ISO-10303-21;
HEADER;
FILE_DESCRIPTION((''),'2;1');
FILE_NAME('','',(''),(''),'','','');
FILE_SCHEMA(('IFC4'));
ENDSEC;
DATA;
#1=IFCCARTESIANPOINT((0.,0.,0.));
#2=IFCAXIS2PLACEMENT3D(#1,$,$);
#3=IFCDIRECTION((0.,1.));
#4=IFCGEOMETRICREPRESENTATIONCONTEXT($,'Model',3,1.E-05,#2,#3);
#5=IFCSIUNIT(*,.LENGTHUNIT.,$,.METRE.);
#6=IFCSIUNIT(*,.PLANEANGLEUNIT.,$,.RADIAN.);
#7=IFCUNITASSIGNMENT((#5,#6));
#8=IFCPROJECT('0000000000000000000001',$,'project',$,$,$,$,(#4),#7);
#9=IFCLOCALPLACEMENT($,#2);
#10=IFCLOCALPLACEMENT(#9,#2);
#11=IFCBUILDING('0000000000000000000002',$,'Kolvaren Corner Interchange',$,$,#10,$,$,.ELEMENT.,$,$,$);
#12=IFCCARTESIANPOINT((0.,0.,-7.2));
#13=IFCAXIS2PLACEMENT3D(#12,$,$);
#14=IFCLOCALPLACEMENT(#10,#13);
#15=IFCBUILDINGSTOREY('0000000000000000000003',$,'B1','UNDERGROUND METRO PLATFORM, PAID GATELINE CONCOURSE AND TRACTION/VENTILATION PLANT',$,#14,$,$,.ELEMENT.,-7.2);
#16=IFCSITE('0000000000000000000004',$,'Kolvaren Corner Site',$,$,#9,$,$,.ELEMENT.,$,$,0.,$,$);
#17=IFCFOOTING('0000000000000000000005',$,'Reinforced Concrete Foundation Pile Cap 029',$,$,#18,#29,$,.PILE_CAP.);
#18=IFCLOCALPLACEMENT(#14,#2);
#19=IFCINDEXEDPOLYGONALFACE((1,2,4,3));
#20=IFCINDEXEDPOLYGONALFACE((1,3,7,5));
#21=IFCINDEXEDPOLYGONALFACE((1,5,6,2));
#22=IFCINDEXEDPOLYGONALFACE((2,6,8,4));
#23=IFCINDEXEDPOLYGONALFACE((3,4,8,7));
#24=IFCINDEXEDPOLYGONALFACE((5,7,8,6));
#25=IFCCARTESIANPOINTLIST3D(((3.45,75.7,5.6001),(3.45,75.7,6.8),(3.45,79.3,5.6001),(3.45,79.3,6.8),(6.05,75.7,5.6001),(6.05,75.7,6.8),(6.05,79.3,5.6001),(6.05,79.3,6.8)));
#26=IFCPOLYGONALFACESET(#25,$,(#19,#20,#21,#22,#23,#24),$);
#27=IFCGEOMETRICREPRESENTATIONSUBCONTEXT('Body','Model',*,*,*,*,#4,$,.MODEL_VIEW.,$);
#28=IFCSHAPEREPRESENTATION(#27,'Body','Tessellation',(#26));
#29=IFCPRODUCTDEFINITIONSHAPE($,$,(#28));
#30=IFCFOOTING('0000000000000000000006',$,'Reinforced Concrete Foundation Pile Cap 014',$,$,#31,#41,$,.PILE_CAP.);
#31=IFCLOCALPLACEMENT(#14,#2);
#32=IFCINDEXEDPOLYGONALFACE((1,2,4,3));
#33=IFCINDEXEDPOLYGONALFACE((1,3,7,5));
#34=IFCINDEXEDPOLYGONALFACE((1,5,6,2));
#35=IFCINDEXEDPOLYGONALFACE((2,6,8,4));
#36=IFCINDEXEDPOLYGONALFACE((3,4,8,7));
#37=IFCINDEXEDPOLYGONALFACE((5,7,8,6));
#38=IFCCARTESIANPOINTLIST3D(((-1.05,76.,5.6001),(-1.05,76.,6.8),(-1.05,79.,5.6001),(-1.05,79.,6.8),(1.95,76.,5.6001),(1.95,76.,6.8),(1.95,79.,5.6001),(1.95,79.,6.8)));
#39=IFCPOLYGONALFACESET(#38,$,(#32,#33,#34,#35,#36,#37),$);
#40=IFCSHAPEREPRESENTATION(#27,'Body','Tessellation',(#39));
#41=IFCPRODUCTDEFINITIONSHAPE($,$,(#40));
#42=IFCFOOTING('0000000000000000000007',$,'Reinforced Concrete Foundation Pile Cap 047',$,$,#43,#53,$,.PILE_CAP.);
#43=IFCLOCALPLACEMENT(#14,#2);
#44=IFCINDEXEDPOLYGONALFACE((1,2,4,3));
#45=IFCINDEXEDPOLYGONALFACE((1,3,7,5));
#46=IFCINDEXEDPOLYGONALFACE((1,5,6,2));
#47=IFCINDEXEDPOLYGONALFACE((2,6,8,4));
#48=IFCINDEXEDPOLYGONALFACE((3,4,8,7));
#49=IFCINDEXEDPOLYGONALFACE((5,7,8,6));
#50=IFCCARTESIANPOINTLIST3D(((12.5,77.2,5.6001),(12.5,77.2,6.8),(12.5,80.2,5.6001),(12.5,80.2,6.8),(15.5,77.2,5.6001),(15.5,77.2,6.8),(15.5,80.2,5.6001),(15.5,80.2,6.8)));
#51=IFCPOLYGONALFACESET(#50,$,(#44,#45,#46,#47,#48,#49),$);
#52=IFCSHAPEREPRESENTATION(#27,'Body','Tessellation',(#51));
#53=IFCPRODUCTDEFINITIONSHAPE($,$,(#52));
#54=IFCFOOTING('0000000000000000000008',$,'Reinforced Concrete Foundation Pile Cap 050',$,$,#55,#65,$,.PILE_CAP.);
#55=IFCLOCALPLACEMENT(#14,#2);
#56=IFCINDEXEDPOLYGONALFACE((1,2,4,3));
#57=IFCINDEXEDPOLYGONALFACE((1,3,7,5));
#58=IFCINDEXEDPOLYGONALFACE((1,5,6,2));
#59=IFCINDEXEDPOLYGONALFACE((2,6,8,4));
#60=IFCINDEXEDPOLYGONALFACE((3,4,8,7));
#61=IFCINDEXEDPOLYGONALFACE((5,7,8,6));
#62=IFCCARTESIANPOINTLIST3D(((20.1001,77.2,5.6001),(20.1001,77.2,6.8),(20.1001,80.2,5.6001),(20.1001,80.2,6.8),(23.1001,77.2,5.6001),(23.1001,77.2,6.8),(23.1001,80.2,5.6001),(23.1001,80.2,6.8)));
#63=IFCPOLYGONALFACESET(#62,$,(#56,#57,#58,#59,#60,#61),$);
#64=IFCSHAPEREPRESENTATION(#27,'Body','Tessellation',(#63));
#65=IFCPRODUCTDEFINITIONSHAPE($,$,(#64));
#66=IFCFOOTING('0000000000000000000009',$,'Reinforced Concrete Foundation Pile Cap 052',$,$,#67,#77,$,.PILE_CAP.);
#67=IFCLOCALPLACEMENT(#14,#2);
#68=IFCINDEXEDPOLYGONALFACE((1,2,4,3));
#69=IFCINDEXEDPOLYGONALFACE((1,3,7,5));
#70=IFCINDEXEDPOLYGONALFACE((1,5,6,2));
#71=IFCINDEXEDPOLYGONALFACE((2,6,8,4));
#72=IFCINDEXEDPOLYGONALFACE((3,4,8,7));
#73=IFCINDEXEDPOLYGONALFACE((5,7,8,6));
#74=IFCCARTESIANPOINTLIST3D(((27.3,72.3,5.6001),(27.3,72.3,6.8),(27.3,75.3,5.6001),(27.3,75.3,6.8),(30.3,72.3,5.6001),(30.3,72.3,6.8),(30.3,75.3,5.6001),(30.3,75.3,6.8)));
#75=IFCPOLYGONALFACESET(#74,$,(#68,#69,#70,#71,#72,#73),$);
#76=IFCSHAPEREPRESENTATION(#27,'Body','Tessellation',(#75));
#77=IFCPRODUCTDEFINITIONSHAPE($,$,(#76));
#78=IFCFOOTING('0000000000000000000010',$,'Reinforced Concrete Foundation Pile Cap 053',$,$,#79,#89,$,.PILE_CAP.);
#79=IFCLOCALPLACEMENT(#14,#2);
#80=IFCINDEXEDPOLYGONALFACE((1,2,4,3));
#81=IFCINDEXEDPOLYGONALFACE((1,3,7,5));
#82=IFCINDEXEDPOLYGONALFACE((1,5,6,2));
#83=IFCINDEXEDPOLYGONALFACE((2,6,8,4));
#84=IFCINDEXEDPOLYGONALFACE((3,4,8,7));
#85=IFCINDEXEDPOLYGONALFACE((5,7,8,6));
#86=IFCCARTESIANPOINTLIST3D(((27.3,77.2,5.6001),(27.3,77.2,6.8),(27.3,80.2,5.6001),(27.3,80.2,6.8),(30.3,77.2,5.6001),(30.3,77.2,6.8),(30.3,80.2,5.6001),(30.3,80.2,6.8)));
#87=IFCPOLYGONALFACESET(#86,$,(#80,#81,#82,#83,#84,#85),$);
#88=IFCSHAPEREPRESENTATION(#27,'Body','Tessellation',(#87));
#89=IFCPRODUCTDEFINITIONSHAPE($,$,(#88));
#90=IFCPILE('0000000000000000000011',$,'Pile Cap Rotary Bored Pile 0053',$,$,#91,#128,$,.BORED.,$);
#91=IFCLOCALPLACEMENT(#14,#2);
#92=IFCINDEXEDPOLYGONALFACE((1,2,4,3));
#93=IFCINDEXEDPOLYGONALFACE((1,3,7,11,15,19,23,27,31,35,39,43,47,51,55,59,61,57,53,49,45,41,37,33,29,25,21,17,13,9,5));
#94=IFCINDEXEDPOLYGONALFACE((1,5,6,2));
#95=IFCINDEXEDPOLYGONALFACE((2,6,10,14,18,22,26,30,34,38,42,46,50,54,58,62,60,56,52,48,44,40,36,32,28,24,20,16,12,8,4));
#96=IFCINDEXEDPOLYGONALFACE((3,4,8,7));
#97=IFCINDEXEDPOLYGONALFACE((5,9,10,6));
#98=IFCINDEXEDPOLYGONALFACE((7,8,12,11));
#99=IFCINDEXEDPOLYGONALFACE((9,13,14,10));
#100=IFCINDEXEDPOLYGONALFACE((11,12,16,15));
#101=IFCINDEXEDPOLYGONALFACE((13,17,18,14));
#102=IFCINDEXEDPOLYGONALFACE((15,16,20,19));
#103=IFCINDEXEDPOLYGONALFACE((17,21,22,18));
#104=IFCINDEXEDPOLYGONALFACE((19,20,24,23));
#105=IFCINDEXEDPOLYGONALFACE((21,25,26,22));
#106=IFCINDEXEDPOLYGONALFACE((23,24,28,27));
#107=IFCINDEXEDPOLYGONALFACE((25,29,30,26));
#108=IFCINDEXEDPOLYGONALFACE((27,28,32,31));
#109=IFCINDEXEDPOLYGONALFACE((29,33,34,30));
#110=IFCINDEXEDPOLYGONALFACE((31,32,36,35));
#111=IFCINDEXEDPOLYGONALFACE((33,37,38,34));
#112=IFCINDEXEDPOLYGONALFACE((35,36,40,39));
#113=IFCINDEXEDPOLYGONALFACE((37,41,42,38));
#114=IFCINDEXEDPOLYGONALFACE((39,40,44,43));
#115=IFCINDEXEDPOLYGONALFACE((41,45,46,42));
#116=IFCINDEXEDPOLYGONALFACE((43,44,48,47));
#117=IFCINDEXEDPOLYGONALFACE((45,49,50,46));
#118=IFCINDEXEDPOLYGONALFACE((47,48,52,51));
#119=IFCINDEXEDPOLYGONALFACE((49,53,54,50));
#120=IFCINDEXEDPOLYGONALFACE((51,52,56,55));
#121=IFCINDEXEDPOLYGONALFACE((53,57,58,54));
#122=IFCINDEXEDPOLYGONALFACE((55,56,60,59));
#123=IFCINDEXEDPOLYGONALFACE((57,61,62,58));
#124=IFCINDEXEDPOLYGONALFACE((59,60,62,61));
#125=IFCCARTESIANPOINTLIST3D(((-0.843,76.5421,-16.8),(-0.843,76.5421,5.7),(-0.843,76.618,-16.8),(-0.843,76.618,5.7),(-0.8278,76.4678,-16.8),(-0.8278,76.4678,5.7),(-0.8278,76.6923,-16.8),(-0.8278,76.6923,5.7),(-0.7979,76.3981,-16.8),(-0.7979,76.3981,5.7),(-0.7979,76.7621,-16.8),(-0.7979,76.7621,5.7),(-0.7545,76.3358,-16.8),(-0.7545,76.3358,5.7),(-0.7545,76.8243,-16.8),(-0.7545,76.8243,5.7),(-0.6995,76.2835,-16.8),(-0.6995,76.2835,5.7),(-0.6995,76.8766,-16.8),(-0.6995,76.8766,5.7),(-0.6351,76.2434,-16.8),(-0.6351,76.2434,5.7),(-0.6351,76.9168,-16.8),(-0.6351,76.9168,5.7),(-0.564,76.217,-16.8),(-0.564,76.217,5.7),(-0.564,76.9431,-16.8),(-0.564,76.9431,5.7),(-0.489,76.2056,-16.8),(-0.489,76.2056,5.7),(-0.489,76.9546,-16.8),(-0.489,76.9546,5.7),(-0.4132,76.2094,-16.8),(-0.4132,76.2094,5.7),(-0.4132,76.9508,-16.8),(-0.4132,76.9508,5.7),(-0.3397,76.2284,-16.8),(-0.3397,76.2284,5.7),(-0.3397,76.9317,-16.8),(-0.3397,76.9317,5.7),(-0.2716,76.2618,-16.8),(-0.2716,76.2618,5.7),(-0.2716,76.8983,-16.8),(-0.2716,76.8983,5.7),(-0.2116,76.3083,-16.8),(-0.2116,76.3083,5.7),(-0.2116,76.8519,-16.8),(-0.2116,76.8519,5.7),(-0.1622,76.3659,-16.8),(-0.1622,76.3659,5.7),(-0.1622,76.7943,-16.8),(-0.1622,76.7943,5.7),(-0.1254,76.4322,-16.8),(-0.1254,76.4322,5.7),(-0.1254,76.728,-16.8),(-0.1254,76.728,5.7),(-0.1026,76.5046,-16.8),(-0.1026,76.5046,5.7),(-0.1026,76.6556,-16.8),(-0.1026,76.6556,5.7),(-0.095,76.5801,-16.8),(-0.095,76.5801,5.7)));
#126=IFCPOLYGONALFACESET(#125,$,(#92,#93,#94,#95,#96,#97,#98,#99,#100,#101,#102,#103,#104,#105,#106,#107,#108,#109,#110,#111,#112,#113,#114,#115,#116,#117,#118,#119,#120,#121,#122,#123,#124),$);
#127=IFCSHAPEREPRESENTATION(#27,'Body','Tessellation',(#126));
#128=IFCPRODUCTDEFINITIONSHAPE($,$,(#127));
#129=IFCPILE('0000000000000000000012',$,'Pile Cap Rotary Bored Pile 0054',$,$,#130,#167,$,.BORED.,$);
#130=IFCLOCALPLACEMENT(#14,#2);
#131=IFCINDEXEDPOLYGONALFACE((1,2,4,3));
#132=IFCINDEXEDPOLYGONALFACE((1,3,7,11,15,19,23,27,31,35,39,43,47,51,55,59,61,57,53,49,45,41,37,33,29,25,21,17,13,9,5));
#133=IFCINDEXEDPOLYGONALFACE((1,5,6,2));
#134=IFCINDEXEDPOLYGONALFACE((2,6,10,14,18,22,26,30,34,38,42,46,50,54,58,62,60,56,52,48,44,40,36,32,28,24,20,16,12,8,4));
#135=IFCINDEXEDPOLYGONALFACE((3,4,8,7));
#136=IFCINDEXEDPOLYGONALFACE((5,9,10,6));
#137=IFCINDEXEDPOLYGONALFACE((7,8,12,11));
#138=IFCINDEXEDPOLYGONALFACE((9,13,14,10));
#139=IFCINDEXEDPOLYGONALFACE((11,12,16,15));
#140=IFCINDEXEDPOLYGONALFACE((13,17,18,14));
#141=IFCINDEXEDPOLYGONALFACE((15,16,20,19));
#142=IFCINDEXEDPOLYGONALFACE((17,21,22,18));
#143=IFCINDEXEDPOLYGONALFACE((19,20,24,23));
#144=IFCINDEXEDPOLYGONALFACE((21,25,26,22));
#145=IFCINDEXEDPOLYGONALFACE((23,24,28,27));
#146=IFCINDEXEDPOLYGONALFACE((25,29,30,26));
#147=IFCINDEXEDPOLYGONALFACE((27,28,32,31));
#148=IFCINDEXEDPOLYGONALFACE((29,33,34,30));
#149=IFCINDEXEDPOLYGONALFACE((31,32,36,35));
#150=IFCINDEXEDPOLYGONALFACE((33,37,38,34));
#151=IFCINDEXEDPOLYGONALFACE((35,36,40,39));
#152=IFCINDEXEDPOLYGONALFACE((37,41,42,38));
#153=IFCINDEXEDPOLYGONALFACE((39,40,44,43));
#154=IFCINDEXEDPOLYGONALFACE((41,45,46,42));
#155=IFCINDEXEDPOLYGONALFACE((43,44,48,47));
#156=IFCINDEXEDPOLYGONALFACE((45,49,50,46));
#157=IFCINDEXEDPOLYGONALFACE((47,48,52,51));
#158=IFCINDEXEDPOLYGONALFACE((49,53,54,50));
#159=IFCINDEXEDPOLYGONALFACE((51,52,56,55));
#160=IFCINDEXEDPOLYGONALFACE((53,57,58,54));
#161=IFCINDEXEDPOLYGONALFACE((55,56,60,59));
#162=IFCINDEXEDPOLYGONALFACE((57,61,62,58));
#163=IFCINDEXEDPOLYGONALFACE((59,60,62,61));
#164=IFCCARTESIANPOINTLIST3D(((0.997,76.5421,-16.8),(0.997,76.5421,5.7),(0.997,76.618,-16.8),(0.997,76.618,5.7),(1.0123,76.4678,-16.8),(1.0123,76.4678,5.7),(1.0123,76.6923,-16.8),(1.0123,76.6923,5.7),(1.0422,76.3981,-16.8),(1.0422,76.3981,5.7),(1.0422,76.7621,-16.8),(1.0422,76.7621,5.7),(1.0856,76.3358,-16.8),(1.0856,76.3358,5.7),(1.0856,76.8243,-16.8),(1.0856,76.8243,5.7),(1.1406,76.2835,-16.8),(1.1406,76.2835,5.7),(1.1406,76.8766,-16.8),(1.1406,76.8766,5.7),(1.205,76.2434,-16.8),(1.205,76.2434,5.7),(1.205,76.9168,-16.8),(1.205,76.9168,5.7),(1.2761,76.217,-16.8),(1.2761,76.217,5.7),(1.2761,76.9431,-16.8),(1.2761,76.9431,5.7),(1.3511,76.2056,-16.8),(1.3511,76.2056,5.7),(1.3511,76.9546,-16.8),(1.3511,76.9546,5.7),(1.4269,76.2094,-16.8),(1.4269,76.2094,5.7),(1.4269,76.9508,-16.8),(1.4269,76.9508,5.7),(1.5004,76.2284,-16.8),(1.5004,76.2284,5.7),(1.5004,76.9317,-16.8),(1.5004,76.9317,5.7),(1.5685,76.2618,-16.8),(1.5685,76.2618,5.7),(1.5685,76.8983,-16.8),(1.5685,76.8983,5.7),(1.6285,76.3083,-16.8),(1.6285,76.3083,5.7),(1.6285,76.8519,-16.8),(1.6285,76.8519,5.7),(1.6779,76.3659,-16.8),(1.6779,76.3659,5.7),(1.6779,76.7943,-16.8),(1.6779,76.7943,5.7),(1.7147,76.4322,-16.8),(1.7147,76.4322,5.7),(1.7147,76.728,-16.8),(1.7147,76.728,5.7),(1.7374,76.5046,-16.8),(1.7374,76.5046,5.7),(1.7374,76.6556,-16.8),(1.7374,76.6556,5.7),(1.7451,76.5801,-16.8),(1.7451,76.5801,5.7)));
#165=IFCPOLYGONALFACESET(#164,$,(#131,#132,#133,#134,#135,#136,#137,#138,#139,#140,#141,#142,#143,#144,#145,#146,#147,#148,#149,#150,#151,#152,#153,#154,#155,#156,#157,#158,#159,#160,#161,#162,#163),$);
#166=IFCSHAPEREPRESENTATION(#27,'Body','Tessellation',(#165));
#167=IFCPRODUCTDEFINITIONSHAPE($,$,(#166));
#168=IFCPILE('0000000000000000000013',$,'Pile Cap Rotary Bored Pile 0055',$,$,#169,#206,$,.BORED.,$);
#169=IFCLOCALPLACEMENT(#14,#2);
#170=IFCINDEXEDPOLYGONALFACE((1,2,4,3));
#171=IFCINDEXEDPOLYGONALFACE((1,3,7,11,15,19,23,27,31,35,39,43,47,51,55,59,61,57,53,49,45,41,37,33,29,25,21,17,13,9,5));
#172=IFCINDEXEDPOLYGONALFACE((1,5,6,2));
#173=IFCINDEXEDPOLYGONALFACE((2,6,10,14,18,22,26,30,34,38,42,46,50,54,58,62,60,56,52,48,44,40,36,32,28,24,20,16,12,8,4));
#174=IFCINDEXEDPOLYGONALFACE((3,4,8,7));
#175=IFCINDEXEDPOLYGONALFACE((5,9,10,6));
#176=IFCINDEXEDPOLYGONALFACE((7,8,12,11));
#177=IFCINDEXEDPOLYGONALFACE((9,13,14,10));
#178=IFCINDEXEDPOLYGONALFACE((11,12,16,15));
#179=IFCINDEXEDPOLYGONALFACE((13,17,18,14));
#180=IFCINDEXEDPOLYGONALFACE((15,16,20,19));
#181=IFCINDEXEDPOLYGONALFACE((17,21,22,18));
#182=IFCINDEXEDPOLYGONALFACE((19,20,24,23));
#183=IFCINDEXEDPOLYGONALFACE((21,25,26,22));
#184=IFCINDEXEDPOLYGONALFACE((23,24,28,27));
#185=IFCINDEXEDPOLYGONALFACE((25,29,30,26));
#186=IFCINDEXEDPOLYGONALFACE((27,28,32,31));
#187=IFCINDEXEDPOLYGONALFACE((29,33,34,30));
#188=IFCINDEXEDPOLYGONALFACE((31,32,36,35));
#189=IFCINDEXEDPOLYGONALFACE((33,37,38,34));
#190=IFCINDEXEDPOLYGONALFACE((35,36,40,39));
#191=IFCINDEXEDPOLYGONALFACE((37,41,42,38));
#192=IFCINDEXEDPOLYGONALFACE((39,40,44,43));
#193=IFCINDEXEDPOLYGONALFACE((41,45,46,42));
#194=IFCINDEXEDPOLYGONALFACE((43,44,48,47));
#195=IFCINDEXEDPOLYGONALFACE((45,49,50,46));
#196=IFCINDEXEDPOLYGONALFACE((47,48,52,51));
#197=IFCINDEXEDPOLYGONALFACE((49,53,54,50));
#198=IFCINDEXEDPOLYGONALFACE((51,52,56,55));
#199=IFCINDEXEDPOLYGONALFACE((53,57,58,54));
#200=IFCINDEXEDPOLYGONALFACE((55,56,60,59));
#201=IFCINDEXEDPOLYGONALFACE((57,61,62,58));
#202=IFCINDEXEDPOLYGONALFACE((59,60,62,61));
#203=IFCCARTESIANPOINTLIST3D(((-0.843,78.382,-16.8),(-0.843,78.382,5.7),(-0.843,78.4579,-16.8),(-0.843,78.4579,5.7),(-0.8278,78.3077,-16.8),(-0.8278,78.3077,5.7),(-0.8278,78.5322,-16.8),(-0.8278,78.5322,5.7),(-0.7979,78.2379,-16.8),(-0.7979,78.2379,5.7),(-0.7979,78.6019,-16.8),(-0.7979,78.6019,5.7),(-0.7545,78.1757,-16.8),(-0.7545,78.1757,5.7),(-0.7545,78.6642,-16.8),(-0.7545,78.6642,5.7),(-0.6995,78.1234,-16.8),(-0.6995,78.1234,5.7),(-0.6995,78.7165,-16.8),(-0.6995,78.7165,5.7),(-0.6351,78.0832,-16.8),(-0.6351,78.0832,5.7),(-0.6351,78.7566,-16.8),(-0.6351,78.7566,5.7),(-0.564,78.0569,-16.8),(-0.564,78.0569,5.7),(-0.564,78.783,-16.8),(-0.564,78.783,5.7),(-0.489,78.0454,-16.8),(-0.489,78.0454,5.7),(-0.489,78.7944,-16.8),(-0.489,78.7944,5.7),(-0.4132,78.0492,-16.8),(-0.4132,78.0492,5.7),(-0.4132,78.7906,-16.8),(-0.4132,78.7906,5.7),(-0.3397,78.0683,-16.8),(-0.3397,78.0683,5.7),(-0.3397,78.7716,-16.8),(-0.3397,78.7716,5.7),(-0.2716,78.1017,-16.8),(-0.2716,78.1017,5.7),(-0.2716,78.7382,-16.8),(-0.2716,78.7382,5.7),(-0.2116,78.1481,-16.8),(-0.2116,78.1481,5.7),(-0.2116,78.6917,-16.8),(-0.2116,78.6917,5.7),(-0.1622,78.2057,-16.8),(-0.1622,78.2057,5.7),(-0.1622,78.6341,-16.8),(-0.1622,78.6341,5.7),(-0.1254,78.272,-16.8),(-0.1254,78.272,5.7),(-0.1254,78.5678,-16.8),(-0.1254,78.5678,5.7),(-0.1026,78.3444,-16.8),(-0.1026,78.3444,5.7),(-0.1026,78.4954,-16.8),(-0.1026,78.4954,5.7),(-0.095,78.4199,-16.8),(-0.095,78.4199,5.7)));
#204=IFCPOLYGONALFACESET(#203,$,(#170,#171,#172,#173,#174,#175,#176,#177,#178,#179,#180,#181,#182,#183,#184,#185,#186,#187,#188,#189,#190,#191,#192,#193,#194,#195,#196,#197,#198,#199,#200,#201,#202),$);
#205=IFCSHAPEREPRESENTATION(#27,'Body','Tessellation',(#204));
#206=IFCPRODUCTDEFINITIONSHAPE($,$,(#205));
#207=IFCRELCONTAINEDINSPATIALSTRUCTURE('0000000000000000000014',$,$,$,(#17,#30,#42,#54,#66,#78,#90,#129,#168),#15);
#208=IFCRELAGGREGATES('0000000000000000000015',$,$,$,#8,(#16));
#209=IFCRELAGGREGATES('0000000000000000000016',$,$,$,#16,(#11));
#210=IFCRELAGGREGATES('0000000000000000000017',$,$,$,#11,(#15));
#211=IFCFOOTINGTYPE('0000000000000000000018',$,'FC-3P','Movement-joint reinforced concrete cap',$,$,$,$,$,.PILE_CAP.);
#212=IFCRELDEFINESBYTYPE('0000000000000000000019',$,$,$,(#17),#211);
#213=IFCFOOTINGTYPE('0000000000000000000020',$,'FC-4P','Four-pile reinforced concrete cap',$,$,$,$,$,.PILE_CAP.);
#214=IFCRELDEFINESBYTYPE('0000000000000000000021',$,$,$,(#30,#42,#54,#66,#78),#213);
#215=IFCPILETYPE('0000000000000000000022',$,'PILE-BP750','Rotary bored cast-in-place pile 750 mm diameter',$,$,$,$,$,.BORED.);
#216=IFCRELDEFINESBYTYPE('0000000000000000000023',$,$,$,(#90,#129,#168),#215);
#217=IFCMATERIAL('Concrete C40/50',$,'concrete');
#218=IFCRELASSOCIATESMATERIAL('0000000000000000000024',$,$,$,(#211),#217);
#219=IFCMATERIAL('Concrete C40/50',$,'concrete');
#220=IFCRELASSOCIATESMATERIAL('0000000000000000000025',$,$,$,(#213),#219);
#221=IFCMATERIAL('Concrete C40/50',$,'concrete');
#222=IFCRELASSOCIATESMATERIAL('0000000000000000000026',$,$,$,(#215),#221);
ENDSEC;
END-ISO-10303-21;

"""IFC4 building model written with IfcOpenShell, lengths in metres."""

from ifc_helpers import new_model, si_unit, direction, frame, origin, origin_2d, place, context, subcontext, project, spatial, rectangle, circle, extrude, material, material_profile, profile_set, type_object, element, save


model = new_model("IFC4")

# Units and contexts
model_context = context("Model", 3, precision=1e-05, world=origin(), true_north=direction((0.0, 1.0)))
body_context = subcontext(model_context, "Body", "Model", "MODEL_VIEW")
ifc_project = project(units=[si_unit("LENGTHUNIT", "METRE"), si_unit("PLANEANGLEUNIT", "RADIAN")], contexts=[model_context])

# Site, building, storey
site_placement = place(None, origin())
site = spatial("IfcSite", under=ifc_project, at=site_placement, Name="Kolvaren Corner Site", CompositionType="ELEMENT", RefElevation=0.0)
building_placement = place(site_placement, origin())
building = spatial("IfcBuilding", under=site, at=building_placement, Name="Kolvaren Corner Interchange", CompositionType="ELEMENT")
storey_placement = place(building_placement, frame((0.0, 0.0, -7.2)))
storey = spatial("IfcBuildingStorey", under=building, at=storey_placement, Name="B1", Description="UNDERGROUND METRO PLATFORM, PAID GATELINE CONCOURSE AND TRACTION/VENTILATION PLANT", CompositionType="ELEMENT", Elevation=-7.2)

# Footings
ifc_material_1 = material(Name="Concrete C40/50", Category="concrete")
footing_type_1 = type_object("IfcFootingType", Name="FC-3P", Description="Movement-joint reinforced concrete cap", PredefinedType="PILE_CAP", material=ifc_material_1)
footing_placement = place(storey_placement, frame((4.75, 77.5, 5.6001), z_axis=(0.0, 0.0, 1.0), x_axis=(1.0, 0.0, 0.0)))
element("IfcFooting", 1, at=footing_placement, inside=storey, type_object=footing_type_1, Name="Reinforced Concrete Foundation Pile Cap 029", PredefinedType="PILE_CAP", context=body_context, shape_type="SweptSolid", body=[
    extrude(rectangle(XDim=2.6001, YDim=3.6001, at=origin_2d()), origin(), (0.0, 0.0, 1.0), 1.2),
])
ifc_material_2 = material(Name="Concrete C40/50", Category="concrete")
footing_type_2 = type_object("IfcFootingType", Name="FC-4P", Description="Four-pile reinforced concrete cap", PredefinedType="PILE_CAP", material=ifc_material_2)
for number, where, z_axis, x_axis, name in (
    (2, (0.45, 77.5, 5.6001), (0.0, 0.0, 1.0), (1.0, 0.0, 0.0), "Reinforced Concrete Foundation Pile Cap 014"),
    (3, (14.0, 78.7, 5.6001), (0.0, 0.0, 1.0), (1.0, 0.0, 0.0), "Reinforced Concrete Foundation Pile Cap 047"),
    (4, (21.6001, 78.7, 5.6001), (0.0, 0.0, 1.0), (1.0, 0.0, 0.0), "Reinforced Concrete Foundation Pile Cap 050"),
    (5, (28.8, 73.8, 5.6001), (0.0, 0.0, 1.0), (1.0, 0.0, 0.0), "Reinforced Concrete Foundation Pile Cap 052"),
    (6, (28.8, 78.7, 5.6001), (0.0, 0.0, 1.0), (1.0, 0.0, 0.0), "Reinforced Concrete Foundation Pile Cap 053"),
):
    element("IfcFooting", number, at=place(storey_placement, frame(where, z_axis=z_axis, x_axis=x_axis)), inside=storey, type_object=footing_type_2, Name=name, PredefinedType="PILE_CAP", context=body_context, shape_type="SweptSolid", body=[
        extrude(rectangle(XDim=3.0, YDim=3.0, at=origin_2d()), origin(), (0.0, 0.0, 1.0), 1.2),
    ])

# Piles
ifc_material_3 = material(Name="Concrete C40/50", Category="concrete")
ifc_material_profile = material_profile(ifc_material_3, circle(Radius=0.375, at=origin_2d()), Name="BORED PILE 750")
ifc_profile_set = profile_set([ifc_material_profile], Name="Concrete C40/50")
pile_type = type_object("IfcPileType", Name="PILE-BP750", Description="Rotary bored cast-in-place pile 750 mm diameter", PredefinedType="BORED", material=ifc_profile_set)
for number, where, z_axis, x_axis, name in (
    (7, (-0.47, 76.5801, 5.7), (0.0, 0.0, -1.0), (1.0, 0.0, 0.0), "Pile Cap Rotary Bored Pile 0053"),
    (8, (1.3701, 76.5801, 5.7), (0.0, 0.0, -1.0), (1.0, 0.0, 0.0), "Pile Cap Rotary Bored Pile 0054"),
    (9, (-0.47, 78.4199, 5.7), (0.0, 0.0, -1.0), (1.0, 0.0, 0.0), "Pile Cap Rotary Bored Pile 0055"),
):
    element("IfcPile", number, at=place(storey_placement, frame(where, z_axis=z_axis, x_axis=x_axis)), inside=storey, type_object=pile_type, Name=name, PredefinedType="BORED", context=body_context, shape_type="SweptSolid", body=[
        extrude(circle(Radius=0.375, at=origin_2d()), origin(), (0.0, 0.0, 1.0), 22.5),
    ])

save(model, "model.ifc")
